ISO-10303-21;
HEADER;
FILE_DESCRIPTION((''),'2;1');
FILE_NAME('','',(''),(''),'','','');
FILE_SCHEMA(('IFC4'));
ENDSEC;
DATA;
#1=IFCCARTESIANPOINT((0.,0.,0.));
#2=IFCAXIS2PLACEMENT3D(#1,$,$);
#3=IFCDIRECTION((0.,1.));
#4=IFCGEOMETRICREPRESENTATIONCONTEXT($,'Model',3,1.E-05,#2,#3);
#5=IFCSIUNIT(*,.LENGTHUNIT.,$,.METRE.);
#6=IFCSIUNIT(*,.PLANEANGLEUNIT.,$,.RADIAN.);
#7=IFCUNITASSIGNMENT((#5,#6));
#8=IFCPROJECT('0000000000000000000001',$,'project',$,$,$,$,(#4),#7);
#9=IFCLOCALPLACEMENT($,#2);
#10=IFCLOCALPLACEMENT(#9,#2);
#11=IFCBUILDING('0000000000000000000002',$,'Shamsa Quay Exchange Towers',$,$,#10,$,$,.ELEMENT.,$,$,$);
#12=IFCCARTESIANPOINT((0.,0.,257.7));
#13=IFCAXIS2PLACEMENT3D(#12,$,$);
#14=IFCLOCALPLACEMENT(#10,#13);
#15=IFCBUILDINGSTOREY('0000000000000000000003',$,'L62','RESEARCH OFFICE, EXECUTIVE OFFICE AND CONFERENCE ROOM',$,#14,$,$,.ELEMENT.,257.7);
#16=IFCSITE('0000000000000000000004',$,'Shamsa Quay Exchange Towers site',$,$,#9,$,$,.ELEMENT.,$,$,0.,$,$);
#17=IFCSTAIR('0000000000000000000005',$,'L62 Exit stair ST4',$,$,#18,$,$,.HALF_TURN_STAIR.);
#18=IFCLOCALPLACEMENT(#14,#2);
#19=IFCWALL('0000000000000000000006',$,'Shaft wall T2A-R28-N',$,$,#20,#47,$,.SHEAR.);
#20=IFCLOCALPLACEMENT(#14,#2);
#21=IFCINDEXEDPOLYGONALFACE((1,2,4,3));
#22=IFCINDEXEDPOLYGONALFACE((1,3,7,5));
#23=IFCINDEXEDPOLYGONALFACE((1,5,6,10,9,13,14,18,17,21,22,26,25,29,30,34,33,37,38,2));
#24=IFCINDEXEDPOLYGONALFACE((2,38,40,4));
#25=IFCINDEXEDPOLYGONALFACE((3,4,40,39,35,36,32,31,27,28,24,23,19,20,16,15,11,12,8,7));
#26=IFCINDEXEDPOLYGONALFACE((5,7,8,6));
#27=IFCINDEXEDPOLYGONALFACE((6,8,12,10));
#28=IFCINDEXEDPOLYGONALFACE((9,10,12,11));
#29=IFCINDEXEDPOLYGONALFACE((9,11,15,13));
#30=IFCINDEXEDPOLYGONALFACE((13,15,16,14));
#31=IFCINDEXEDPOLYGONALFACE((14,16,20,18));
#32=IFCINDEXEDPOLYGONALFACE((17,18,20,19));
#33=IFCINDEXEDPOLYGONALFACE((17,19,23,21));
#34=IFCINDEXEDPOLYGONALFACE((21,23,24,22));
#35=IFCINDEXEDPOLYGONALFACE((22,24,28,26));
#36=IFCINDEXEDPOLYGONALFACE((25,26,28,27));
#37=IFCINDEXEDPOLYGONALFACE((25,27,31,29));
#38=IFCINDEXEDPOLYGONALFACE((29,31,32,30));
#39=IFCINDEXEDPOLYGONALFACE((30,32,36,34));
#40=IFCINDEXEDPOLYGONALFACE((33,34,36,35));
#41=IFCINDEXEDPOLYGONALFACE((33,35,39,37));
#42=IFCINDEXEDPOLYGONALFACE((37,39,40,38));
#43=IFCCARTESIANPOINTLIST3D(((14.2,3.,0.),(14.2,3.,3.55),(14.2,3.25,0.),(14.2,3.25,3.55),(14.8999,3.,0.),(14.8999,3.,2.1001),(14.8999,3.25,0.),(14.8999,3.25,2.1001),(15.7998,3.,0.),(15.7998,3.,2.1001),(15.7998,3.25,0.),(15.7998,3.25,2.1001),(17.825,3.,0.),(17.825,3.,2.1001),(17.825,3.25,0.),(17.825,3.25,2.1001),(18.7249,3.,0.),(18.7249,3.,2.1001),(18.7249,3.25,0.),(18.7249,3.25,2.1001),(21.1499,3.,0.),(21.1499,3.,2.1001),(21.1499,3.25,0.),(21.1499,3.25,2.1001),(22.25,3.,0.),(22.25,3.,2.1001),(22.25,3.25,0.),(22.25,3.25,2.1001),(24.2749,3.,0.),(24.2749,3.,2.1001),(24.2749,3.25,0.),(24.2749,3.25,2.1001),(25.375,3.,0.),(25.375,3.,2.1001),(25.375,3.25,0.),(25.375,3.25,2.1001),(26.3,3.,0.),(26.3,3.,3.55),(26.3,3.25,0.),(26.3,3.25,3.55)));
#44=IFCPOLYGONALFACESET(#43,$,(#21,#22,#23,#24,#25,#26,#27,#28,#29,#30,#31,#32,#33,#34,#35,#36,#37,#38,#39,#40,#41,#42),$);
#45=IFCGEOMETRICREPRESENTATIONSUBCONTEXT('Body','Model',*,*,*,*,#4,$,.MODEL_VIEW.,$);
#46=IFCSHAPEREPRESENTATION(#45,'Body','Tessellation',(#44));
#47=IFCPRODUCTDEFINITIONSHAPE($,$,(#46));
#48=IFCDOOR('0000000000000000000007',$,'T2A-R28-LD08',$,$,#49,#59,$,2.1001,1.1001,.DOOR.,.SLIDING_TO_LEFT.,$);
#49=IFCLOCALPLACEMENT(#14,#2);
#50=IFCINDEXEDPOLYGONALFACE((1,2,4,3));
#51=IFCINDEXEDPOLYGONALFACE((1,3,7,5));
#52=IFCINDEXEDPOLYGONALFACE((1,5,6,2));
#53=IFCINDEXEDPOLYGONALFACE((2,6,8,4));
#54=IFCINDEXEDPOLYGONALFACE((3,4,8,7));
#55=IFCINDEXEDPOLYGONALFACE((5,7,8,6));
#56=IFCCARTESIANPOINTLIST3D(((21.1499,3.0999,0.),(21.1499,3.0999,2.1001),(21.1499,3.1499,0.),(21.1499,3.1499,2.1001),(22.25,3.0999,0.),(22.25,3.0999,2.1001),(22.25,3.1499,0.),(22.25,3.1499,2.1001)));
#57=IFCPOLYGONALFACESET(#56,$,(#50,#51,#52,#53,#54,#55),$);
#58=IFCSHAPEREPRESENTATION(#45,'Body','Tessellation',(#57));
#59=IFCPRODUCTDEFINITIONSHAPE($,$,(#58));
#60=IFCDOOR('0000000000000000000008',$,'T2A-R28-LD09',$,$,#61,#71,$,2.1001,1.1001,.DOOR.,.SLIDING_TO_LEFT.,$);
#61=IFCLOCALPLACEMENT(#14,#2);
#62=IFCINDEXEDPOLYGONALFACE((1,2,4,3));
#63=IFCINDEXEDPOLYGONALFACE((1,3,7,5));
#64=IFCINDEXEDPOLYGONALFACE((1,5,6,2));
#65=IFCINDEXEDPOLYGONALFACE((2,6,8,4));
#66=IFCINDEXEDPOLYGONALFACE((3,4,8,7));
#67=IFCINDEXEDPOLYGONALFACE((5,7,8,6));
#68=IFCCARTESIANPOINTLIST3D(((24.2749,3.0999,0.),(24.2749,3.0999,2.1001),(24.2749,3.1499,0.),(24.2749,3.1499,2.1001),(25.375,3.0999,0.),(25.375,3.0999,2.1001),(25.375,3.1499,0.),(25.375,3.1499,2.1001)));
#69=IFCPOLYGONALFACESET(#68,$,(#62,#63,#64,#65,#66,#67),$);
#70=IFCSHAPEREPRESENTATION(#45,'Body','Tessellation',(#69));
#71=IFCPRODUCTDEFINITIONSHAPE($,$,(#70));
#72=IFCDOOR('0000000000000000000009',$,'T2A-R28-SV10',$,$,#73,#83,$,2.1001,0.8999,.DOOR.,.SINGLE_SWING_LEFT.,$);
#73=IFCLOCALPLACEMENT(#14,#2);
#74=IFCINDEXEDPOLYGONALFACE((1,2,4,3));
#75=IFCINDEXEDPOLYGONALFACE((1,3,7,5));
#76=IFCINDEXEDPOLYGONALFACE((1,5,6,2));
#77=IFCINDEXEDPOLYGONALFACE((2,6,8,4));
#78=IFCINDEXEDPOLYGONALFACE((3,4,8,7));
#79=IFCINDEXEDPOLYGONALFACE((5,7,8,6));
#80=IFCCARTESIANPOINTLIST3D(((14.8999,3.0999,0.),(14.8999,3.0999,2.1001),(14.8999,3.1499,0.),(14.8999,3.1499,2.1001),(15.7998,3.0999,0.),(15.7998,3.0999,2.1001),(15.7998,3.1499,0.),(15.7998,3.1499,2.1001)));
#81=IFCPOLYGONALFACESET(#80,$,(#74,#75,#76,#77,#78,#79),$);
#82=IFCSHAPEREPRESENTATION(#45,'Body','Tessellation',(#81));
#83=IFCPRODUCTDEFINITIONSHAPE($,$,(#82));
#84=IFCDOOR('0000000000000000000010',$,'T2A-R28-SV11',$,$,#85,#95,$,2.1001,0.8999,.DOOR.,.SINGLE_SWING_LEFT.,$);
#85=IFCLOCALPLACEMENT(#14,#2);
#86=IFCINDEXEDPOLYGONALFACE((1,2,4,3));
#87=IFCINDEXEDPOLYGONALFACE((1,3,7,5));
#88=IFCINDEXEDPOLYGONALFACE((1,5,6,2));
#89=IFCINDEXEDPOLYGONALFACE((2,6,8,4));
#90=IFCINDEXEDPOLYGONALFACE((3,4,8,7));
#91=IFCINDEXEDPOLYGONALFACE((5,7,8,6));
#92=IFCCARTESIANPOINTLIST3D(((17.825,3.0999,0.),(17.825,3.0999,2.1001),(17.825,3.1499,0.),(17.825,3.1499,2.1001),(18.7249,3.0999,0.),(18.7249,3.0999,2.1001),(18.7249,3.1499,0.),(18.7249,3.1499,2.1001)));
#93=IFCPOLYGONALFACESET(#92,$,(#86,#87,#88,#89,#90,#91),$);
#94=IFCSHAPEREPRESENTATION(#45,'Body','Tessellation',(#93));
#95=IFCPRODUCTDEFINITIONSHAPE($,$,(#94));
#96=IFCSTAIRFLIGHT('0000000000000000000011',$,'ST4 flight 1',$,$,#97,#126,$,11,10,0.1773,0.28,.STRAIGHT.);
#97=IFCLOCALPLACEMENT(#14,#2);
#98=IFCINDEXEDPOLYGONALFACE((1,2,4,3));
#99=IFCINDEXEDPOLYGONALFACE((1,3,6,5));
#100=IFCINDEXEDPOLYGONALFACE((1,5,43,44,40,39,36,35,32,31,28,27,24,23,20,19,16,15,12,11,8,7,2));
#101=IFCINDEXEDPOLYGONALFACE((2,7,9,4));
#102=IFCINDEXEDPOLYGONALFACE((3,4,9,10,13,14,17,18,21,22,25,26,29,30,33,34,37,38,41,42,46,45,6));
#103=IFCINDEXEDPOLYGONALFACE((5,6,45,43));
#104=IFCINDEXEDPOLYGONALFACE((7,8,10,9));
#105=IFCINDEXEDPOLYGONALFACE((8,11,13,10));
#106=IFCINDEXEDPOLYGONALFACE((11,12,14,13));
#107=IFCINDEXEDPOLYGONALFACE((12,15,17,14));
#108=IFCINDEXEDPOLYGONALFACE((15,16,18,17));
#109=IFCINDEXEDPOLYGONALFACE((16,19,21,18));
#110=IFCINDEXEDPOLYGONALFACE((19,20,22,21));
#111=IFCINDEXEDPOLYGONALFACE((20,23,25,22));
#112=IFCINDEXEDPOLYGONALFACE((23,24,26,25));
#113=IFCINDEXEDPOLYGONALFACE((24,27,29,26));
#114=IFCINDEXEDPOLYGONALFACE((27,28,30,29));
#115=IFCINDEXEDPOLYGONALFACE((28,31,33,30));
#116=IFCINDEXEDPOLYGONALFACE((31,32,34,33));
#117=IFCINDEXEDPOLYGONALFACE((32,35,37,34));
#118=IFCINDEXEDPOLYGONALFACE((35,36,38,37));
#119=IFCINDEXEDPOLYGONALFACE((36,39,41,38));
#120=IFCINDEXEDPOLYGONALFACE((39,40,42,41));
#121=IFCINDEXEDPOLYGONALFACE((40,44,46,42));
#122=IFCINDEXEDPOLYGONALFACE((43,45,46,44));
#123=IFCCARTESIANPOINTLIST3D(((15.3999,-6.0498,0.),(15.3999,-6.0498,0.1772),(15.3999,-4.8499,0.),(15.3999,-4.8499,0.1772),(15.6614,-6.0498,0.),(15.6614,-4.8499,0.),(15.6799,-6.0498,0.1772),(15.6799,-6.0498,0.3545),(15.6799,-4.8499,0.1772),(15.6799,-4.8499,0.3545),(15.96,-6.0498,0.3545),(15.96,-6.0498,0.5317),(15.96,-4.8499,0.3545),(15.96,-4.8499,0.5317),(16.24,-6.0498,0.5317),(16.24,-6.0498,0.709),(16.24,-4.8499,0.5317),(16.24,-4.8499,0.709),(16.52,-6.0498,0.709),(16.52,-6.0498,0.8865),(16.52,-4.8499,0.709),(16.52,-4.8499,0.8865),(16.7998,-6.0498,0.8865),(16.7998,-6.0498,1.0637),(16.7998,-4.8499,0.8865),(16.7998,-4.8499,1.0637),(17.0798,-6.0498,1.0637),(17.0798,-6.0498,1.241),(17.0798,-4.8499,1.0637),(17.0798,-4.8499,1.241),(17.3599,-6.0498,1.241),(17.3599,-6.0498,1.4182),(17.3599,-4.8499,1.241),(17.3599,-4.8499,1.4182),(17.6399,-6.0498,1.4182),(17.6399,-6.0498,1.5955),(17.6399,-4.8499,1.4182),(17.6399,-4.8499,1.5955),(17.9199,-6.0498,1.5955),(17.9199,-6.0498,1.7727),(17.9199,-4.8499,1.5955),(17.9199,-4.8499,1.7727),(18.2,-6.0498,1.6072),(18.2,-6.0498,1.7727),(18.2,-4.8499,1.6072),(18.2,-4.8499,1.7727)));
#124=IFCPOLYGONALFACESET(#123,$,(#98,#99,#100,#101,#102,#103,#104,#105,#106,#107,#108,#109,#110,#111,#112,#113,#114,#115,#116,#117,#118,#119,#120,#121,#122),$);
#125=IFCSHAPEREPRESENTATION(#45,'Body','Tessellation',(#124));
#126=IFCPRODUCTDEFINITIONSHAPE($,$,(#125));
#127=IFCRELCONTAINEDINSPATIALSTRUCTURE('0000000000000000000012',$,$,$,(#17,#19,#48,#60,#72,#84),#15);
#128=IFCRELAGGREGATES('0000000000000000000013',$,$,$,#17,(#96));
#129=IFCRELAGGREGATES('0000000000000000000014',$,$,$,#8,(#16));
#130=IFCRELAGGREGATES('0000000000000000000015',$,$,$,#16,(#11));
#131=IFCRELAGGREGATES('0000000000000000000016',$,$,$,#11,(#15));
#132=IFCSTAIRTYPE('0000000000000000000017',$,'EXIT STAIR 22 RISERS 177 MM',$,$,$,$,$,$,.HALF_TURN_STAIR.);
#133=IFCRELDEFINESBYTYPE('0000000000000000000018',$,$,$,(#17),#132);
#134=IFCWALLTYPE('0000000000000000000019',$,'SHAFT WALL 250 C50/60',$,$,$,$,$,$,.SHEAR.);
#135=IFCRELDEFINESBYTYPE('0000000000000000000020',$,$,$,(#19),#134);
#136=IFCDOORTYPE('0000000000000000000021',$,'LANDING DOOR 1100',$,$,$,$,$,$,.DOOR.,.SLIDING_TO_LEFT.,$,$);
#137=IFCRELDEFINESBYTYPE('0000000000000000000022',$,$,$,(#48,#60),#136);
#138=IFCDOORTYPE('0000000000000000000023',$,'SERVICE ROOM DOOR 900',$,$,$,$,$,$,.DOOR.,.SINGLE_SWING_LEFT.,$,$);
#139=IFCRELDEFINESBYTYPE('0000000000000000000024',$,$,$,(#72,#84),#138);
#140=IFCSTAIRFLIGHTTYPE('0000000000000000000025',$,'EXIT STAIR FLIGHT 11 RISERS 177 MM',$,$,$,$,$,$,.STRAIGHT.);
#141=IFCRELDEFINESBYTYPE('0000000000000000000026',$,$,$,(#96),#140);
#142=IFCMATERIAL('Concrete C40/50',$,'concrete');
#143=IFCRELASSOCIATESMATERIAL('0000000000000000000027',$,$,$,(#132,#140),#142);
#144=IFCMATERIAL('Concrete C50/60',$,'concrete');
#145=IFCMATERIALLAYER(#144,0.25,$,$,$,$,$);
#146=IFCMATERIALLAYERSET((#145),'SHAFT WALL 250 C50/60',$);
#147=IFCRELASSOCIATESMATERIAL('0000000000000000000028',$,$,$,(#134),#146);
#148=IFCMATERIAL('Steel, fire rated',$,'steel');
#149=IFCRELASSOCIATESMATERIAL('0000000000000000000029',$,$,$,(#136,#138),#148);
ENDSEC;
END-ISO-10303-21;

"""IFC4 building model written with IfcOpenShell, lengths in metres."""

from ifc_helpers import new_model, si_unit, direction, frame, frame_2d, origin, place, context, subcontext, project, spatial, polyline, rectangle, outline, extrude, material, layer, layer_set, type_object, element, fill, aggregate, save


model = new_model("IFC4")

# Units and contexts
model_context = context("Model", 3, precision=1e-05, world=origin(), true_north=direction((0.0, 1.0)))
body_context = subcontext(model_context, "Body", "Model", "MODEL_VIEW")
ifc_project = project(units=[si_unit("LENGTHUNIT", "METRE"), si_unit("PLANEANGLEUNIT", "RADIAN")], contexts=[model_context])

# Site, building, storey
site_placement = place(None, origin())
site = spatial("IfcSite", under=ifc_project, at=site_placement, Name="Shamsa Quay Exchange Towers site", CompositionType="ELEMENT", RefElevation=0.0)
building_placement = place(site_placement, origin())
building = spatial("IfcBuilding", under=site, at=building_placement, Name="Shamsa Quay Exchange Towers", CompositionType="ELEMENT")
storey_placement = place(building_placement, frame((0.0, 0.0, 257.7)))
storey = spatial("IfcBuildingStorey", under=building, at=storey_placement, Name="L62", Description="RESEARCH OFFICE, EXECUTIVE OFFICE AND CONFERENCE ROOM", CompositionType="ELEMENT", Elevation=257.7)

# Shared definitions
ifc_material_1 = material(Name="Concrete C50/60", Category="concrete")

# Stair
ifc_material_2 = material(Name="Concrete C40/50", Category="concrete")
stair_type = type_object("IfcStairType", Name="EXIT STAIR 22 RISERS 177 MM", PredefinedType="HALF_TURN_STAIR", material=ifc_material_2)
stair_1_placement = place(storey_placement, origin())
stair_1 = element("IfcStair", 1, at=stair_1_placement, inside=storey, type_object=stair_type, Name="L62 Exit stair ST4", PredefinedType="HALF_TURN_STAIR")

# Shared definitions
ifc_material_3 = material(Name="Steel, fire rated", Category="steel")

# Wall, openings, doors
ifc_layer_1 = layer(ifc_material_1, 0.25)
ifc_layer_set_1 = layer_set([ifc_layer_1], Name="SHAFT WALL 250 C50/60")
wall_type_1 = type_object("IfcWallType", Name="SHAFT WALL 250 C50/60", PredefinedType="SHEAR", material=ifc_layer_set_1)
wall_1_placement = place(storey_placement, frame((14.2, 3.125, 0.0)))
wall_1 = element("IfcWall", 2, at=wall_1_placement, inside=storey, type_object=wall_type_1, Name="Shaft wall T2A-R28-N", PredefinedType="SHEAR", context=body_context, shape_type="SweptSolid", body=[
    extrude(rectangle(XDim=12.1001, YDim=0.25, at=frame_2d((6.05, 0.0))), origin(), (0.0, 0.0, 1.0), 3.55),
])
opening_1_placement = place(wall_1_placement, frame((6.95, 0.0, 0.0)))
opening_1 = element("IfcOpeningElement", 3, at=opening_1_placement, cuts=wall_1, PredefinedType="OPENING", context=body_context, shape_type="SweptSolid", body=[
    extrude(rectangle(XDim=1.1001, YDim=2.1001, at=frame_2d((0.55, 1.05))), frame((0.0, 0.135, 0.0), z_axis=(0.0, -1.0, 0.0), x_axis=(1.0, 0.0, 0.0)), (0.0, 0.0, 1.0), 0.27),
])
opening_2_placement = place(wall_1_placement, frame((10.075, 0.0, 0.0)))
opening_2 = element("IfcOpeningElement", 4, at=opening_2_placement, cuts=wall_1, PredefinedType="OPENING", context=body_context, shape_type="SweptSolid", body=[
    extrude(rectangle(XDim=1.1001, YDim=2.1001, at=frame_2d((0.55, 1.05))), frame((0.0, 0.135, 0.0), z_axis=(0.0, -1.0, 0.0), x_axis=(1.0, 0.0, 0.0)), (0.0, 0.0, 1.0), 0.27),
])
opening_3_placement = place(wall_1_placement, frame((0.7, 0.0, 0.0)))
opening_3 = element("IfcOpeningElement", 5, at=opening_3_placement, cuts=wall_1, PredefinedType="OPENING", context=body_context, shape_type="SweptSolid", body=[
    extrude(rectangle(XDim=0.8999, YDim=2.1001, at=frame_2d((0.45, 1.05))), frame((0.0, 0.135, 0.0), z_axis=(0.0, -1.0, 0.0), x_axis=(1.0, 0.0, 0.0)), (0.0, 0.0, 1.0), 0.27),
])
opening_4_placement = place(wall_1_placement, frame((3.625, 0.0, 0.0)))
opening_4 = element("IfcOpeningElement", 6, at=opening_4_placement, cuts=wall_1, PredefinedType="OPENING", context=body_context, shape_type="SweptSolid", body=[
    extrude(rectangle(XDim=0.8999, YDim=2.1001, at=frame_2d((0.45, 1.05))), frame((0.0, 0.135, 0.0), z_axis=(0.0, -1.0, 0.0), x_axis=(1.0, 0.0, 0.0)), (0.0, 0.0, 1.0), 0.27),
])
door_type_1 = type_object("IfcDoorType", Name="LANDING DOOR 1100", OperationType="SLIDING_TO_LEFT", PredefinedType="DOOR", material=ifc_material_3)
door_1_placement = place(opening_1_placement, origin())
door_1 = element("IfcDoor", 7, at=door_1_placement, inside=storey, type_object=door_type_1, Name="T2A-R28-LD08", OperationType="SLIDING_TO_LEFT", OverallHeight=2.1001, OverallWidth=1.1001, PredefinedType="DOOR", context=body_context, shape_type="SweptSolid", body=[
    extrude(rectangle(XDim=1.1001, YDim=2.1001, at=frame_2d((0.55, 1.05))), frame((0.0, 0.0249, 0.0), z_axis=(0.0, -1.0, 0.0), x_axis=(1.0, 0.0, 0.0)), (0.0, 0.0, 1.0), 0.05),
])
fill(opening_1, door_1)
door_2_placement = place(opening_2_placement, origin())
door_2 = element("IfcDoor", 8, at=door_2_placement, inside=storey, type_object=door_type_1, Name="T2A-R28-LD09", OperationType="SLIDING_TO_LEFT", OverallHeight=2.1001, OverallWidth=1.1001, PredefinedType="DOOR", context=body_context, shape_type="SweptSolid", body=[
    extrude(rectangle(XDim=1.1001, YDim=2.1001, at=frame_2d((0.55, 1.05))), frame((0.0, 0.0249, 0.0), z_axis=(0.0, -1.0, 0.0), x_axis=(1.0, 0.0, 0.0)), (0.0, 0.0, 1.0), 0.05),
])
fill(opening_2, door_2)
door_type_2 = type_object("IfcDoorType", Name="SERVICE ROOM DOOR 900", OperationType="SINGLE_SWING_LEFT", PredefinedType="DOOR", material=ifc_material_3)
door_3_placement = place(opening_3_placement, origin())
door_3 = element("IfcDoor", 9, at=door_3_placement, inside=storey, type_object=door_type_2, Name="T2A-R28-SV10", OperationType="SINGLE_SWING_LEFT", OverallHeight=2.1001, OverallWidth=0.8999, PredefinedType="DOOR", context=body_context, shape_type="SweptSolid", body=[
    extrude(rectangle(XDim=0.8999, YDim=2.1001, at=frame_2d((0.45, 1.05))), frame((0.0, 0.0249, 0.0), z_axis=(0.0, -1.0, 0.0), x_axis=(1.0, 0.0, 0.0)), (0.0, 0.0, 1.0), 0.05),
])
fill(opening_3, door_3)
door_4_placement = place(opening_4_placement, origin())
door_4 = element("IfcDoor", 10, at=door_4_placement, inside=storey, type_object=door_type_2, Name="T2A-R28-SV11", OperationType="SINGLE_SWING_LEFT", OverallHeight=2.1001, OverallWidth=0.8999, PredefinedType="DOOR", context=body_context, shape_type="SweptSolid", body=[
    extrude(rectangle(XDim=0.8999, YDim=2.1001, at=frame_2d((0.45, 1.05))), frame((0.0, 0.0249, 0.0), z_axis=(0.0, -1.0, 0.0), x_axis=(1.0, 0.0, 0.0)), (0.0, 0.0, 1.0), 0.05),
])
fill(opening_4, door_4)

# Stair flight
stair_flight_type = type_object("IfcStairFlightType", Name="EXIT STAIR FLIGHT 11 RISERS 177 MM", PredefinedType="STRAIGHT", material=ifc_material_2)
stair_flight_placement = place(storey_placement, frame((15.3999, -5.45, 0.0)))
stair_flight = element("IfcStairFlight", 11, at=stair_flight_placement, type_object=stair_flight_type, Name="ST4 flight 1", NumberOfRisers=11, NumberOfTreads=10, PredefinedType="STRAIGHT", RiserHeight=0.1773, TreadLength=0.28, context=body_context, shape_type="SweptSolid", body=[
    extrude(outline(polyline([(0.0, 0.0), (0.0, 0.1772), (0.28, 0.1772), (0.28, 0.3545), (0.5601, 0.3545), (0.5601, 0.5317), (0.8401, 0.5317), (0.8401, 0.709), (1.1201, 0.709), (1.1201, 0.8865), (1.3999, 0.8865), (1.3999, 1.0637), (1.6799, 1.0637), (1.6799, 1.241), (1.96, 1.241), (1.96, 1.4182), (2.24, 1.4182), (2.24, 1.5955), (2.52, 1.5955), (2.52, 1.7727), (2.8, 1.7727), (2.8, 1.95), (2.8, 1.6072), (0.2615, 0.0), (0.0, 0.0)])), frame((0.0, 0.6001, 0.0), z_axis=(0.0, -1.0, 0.0), x_axis=(1.0, 0.0, 0.0)), (0.0, 0.0, 1.0), 1.2),
])
aggregate(stair_1, [stair_flight])

save(model, "model.ifc")
